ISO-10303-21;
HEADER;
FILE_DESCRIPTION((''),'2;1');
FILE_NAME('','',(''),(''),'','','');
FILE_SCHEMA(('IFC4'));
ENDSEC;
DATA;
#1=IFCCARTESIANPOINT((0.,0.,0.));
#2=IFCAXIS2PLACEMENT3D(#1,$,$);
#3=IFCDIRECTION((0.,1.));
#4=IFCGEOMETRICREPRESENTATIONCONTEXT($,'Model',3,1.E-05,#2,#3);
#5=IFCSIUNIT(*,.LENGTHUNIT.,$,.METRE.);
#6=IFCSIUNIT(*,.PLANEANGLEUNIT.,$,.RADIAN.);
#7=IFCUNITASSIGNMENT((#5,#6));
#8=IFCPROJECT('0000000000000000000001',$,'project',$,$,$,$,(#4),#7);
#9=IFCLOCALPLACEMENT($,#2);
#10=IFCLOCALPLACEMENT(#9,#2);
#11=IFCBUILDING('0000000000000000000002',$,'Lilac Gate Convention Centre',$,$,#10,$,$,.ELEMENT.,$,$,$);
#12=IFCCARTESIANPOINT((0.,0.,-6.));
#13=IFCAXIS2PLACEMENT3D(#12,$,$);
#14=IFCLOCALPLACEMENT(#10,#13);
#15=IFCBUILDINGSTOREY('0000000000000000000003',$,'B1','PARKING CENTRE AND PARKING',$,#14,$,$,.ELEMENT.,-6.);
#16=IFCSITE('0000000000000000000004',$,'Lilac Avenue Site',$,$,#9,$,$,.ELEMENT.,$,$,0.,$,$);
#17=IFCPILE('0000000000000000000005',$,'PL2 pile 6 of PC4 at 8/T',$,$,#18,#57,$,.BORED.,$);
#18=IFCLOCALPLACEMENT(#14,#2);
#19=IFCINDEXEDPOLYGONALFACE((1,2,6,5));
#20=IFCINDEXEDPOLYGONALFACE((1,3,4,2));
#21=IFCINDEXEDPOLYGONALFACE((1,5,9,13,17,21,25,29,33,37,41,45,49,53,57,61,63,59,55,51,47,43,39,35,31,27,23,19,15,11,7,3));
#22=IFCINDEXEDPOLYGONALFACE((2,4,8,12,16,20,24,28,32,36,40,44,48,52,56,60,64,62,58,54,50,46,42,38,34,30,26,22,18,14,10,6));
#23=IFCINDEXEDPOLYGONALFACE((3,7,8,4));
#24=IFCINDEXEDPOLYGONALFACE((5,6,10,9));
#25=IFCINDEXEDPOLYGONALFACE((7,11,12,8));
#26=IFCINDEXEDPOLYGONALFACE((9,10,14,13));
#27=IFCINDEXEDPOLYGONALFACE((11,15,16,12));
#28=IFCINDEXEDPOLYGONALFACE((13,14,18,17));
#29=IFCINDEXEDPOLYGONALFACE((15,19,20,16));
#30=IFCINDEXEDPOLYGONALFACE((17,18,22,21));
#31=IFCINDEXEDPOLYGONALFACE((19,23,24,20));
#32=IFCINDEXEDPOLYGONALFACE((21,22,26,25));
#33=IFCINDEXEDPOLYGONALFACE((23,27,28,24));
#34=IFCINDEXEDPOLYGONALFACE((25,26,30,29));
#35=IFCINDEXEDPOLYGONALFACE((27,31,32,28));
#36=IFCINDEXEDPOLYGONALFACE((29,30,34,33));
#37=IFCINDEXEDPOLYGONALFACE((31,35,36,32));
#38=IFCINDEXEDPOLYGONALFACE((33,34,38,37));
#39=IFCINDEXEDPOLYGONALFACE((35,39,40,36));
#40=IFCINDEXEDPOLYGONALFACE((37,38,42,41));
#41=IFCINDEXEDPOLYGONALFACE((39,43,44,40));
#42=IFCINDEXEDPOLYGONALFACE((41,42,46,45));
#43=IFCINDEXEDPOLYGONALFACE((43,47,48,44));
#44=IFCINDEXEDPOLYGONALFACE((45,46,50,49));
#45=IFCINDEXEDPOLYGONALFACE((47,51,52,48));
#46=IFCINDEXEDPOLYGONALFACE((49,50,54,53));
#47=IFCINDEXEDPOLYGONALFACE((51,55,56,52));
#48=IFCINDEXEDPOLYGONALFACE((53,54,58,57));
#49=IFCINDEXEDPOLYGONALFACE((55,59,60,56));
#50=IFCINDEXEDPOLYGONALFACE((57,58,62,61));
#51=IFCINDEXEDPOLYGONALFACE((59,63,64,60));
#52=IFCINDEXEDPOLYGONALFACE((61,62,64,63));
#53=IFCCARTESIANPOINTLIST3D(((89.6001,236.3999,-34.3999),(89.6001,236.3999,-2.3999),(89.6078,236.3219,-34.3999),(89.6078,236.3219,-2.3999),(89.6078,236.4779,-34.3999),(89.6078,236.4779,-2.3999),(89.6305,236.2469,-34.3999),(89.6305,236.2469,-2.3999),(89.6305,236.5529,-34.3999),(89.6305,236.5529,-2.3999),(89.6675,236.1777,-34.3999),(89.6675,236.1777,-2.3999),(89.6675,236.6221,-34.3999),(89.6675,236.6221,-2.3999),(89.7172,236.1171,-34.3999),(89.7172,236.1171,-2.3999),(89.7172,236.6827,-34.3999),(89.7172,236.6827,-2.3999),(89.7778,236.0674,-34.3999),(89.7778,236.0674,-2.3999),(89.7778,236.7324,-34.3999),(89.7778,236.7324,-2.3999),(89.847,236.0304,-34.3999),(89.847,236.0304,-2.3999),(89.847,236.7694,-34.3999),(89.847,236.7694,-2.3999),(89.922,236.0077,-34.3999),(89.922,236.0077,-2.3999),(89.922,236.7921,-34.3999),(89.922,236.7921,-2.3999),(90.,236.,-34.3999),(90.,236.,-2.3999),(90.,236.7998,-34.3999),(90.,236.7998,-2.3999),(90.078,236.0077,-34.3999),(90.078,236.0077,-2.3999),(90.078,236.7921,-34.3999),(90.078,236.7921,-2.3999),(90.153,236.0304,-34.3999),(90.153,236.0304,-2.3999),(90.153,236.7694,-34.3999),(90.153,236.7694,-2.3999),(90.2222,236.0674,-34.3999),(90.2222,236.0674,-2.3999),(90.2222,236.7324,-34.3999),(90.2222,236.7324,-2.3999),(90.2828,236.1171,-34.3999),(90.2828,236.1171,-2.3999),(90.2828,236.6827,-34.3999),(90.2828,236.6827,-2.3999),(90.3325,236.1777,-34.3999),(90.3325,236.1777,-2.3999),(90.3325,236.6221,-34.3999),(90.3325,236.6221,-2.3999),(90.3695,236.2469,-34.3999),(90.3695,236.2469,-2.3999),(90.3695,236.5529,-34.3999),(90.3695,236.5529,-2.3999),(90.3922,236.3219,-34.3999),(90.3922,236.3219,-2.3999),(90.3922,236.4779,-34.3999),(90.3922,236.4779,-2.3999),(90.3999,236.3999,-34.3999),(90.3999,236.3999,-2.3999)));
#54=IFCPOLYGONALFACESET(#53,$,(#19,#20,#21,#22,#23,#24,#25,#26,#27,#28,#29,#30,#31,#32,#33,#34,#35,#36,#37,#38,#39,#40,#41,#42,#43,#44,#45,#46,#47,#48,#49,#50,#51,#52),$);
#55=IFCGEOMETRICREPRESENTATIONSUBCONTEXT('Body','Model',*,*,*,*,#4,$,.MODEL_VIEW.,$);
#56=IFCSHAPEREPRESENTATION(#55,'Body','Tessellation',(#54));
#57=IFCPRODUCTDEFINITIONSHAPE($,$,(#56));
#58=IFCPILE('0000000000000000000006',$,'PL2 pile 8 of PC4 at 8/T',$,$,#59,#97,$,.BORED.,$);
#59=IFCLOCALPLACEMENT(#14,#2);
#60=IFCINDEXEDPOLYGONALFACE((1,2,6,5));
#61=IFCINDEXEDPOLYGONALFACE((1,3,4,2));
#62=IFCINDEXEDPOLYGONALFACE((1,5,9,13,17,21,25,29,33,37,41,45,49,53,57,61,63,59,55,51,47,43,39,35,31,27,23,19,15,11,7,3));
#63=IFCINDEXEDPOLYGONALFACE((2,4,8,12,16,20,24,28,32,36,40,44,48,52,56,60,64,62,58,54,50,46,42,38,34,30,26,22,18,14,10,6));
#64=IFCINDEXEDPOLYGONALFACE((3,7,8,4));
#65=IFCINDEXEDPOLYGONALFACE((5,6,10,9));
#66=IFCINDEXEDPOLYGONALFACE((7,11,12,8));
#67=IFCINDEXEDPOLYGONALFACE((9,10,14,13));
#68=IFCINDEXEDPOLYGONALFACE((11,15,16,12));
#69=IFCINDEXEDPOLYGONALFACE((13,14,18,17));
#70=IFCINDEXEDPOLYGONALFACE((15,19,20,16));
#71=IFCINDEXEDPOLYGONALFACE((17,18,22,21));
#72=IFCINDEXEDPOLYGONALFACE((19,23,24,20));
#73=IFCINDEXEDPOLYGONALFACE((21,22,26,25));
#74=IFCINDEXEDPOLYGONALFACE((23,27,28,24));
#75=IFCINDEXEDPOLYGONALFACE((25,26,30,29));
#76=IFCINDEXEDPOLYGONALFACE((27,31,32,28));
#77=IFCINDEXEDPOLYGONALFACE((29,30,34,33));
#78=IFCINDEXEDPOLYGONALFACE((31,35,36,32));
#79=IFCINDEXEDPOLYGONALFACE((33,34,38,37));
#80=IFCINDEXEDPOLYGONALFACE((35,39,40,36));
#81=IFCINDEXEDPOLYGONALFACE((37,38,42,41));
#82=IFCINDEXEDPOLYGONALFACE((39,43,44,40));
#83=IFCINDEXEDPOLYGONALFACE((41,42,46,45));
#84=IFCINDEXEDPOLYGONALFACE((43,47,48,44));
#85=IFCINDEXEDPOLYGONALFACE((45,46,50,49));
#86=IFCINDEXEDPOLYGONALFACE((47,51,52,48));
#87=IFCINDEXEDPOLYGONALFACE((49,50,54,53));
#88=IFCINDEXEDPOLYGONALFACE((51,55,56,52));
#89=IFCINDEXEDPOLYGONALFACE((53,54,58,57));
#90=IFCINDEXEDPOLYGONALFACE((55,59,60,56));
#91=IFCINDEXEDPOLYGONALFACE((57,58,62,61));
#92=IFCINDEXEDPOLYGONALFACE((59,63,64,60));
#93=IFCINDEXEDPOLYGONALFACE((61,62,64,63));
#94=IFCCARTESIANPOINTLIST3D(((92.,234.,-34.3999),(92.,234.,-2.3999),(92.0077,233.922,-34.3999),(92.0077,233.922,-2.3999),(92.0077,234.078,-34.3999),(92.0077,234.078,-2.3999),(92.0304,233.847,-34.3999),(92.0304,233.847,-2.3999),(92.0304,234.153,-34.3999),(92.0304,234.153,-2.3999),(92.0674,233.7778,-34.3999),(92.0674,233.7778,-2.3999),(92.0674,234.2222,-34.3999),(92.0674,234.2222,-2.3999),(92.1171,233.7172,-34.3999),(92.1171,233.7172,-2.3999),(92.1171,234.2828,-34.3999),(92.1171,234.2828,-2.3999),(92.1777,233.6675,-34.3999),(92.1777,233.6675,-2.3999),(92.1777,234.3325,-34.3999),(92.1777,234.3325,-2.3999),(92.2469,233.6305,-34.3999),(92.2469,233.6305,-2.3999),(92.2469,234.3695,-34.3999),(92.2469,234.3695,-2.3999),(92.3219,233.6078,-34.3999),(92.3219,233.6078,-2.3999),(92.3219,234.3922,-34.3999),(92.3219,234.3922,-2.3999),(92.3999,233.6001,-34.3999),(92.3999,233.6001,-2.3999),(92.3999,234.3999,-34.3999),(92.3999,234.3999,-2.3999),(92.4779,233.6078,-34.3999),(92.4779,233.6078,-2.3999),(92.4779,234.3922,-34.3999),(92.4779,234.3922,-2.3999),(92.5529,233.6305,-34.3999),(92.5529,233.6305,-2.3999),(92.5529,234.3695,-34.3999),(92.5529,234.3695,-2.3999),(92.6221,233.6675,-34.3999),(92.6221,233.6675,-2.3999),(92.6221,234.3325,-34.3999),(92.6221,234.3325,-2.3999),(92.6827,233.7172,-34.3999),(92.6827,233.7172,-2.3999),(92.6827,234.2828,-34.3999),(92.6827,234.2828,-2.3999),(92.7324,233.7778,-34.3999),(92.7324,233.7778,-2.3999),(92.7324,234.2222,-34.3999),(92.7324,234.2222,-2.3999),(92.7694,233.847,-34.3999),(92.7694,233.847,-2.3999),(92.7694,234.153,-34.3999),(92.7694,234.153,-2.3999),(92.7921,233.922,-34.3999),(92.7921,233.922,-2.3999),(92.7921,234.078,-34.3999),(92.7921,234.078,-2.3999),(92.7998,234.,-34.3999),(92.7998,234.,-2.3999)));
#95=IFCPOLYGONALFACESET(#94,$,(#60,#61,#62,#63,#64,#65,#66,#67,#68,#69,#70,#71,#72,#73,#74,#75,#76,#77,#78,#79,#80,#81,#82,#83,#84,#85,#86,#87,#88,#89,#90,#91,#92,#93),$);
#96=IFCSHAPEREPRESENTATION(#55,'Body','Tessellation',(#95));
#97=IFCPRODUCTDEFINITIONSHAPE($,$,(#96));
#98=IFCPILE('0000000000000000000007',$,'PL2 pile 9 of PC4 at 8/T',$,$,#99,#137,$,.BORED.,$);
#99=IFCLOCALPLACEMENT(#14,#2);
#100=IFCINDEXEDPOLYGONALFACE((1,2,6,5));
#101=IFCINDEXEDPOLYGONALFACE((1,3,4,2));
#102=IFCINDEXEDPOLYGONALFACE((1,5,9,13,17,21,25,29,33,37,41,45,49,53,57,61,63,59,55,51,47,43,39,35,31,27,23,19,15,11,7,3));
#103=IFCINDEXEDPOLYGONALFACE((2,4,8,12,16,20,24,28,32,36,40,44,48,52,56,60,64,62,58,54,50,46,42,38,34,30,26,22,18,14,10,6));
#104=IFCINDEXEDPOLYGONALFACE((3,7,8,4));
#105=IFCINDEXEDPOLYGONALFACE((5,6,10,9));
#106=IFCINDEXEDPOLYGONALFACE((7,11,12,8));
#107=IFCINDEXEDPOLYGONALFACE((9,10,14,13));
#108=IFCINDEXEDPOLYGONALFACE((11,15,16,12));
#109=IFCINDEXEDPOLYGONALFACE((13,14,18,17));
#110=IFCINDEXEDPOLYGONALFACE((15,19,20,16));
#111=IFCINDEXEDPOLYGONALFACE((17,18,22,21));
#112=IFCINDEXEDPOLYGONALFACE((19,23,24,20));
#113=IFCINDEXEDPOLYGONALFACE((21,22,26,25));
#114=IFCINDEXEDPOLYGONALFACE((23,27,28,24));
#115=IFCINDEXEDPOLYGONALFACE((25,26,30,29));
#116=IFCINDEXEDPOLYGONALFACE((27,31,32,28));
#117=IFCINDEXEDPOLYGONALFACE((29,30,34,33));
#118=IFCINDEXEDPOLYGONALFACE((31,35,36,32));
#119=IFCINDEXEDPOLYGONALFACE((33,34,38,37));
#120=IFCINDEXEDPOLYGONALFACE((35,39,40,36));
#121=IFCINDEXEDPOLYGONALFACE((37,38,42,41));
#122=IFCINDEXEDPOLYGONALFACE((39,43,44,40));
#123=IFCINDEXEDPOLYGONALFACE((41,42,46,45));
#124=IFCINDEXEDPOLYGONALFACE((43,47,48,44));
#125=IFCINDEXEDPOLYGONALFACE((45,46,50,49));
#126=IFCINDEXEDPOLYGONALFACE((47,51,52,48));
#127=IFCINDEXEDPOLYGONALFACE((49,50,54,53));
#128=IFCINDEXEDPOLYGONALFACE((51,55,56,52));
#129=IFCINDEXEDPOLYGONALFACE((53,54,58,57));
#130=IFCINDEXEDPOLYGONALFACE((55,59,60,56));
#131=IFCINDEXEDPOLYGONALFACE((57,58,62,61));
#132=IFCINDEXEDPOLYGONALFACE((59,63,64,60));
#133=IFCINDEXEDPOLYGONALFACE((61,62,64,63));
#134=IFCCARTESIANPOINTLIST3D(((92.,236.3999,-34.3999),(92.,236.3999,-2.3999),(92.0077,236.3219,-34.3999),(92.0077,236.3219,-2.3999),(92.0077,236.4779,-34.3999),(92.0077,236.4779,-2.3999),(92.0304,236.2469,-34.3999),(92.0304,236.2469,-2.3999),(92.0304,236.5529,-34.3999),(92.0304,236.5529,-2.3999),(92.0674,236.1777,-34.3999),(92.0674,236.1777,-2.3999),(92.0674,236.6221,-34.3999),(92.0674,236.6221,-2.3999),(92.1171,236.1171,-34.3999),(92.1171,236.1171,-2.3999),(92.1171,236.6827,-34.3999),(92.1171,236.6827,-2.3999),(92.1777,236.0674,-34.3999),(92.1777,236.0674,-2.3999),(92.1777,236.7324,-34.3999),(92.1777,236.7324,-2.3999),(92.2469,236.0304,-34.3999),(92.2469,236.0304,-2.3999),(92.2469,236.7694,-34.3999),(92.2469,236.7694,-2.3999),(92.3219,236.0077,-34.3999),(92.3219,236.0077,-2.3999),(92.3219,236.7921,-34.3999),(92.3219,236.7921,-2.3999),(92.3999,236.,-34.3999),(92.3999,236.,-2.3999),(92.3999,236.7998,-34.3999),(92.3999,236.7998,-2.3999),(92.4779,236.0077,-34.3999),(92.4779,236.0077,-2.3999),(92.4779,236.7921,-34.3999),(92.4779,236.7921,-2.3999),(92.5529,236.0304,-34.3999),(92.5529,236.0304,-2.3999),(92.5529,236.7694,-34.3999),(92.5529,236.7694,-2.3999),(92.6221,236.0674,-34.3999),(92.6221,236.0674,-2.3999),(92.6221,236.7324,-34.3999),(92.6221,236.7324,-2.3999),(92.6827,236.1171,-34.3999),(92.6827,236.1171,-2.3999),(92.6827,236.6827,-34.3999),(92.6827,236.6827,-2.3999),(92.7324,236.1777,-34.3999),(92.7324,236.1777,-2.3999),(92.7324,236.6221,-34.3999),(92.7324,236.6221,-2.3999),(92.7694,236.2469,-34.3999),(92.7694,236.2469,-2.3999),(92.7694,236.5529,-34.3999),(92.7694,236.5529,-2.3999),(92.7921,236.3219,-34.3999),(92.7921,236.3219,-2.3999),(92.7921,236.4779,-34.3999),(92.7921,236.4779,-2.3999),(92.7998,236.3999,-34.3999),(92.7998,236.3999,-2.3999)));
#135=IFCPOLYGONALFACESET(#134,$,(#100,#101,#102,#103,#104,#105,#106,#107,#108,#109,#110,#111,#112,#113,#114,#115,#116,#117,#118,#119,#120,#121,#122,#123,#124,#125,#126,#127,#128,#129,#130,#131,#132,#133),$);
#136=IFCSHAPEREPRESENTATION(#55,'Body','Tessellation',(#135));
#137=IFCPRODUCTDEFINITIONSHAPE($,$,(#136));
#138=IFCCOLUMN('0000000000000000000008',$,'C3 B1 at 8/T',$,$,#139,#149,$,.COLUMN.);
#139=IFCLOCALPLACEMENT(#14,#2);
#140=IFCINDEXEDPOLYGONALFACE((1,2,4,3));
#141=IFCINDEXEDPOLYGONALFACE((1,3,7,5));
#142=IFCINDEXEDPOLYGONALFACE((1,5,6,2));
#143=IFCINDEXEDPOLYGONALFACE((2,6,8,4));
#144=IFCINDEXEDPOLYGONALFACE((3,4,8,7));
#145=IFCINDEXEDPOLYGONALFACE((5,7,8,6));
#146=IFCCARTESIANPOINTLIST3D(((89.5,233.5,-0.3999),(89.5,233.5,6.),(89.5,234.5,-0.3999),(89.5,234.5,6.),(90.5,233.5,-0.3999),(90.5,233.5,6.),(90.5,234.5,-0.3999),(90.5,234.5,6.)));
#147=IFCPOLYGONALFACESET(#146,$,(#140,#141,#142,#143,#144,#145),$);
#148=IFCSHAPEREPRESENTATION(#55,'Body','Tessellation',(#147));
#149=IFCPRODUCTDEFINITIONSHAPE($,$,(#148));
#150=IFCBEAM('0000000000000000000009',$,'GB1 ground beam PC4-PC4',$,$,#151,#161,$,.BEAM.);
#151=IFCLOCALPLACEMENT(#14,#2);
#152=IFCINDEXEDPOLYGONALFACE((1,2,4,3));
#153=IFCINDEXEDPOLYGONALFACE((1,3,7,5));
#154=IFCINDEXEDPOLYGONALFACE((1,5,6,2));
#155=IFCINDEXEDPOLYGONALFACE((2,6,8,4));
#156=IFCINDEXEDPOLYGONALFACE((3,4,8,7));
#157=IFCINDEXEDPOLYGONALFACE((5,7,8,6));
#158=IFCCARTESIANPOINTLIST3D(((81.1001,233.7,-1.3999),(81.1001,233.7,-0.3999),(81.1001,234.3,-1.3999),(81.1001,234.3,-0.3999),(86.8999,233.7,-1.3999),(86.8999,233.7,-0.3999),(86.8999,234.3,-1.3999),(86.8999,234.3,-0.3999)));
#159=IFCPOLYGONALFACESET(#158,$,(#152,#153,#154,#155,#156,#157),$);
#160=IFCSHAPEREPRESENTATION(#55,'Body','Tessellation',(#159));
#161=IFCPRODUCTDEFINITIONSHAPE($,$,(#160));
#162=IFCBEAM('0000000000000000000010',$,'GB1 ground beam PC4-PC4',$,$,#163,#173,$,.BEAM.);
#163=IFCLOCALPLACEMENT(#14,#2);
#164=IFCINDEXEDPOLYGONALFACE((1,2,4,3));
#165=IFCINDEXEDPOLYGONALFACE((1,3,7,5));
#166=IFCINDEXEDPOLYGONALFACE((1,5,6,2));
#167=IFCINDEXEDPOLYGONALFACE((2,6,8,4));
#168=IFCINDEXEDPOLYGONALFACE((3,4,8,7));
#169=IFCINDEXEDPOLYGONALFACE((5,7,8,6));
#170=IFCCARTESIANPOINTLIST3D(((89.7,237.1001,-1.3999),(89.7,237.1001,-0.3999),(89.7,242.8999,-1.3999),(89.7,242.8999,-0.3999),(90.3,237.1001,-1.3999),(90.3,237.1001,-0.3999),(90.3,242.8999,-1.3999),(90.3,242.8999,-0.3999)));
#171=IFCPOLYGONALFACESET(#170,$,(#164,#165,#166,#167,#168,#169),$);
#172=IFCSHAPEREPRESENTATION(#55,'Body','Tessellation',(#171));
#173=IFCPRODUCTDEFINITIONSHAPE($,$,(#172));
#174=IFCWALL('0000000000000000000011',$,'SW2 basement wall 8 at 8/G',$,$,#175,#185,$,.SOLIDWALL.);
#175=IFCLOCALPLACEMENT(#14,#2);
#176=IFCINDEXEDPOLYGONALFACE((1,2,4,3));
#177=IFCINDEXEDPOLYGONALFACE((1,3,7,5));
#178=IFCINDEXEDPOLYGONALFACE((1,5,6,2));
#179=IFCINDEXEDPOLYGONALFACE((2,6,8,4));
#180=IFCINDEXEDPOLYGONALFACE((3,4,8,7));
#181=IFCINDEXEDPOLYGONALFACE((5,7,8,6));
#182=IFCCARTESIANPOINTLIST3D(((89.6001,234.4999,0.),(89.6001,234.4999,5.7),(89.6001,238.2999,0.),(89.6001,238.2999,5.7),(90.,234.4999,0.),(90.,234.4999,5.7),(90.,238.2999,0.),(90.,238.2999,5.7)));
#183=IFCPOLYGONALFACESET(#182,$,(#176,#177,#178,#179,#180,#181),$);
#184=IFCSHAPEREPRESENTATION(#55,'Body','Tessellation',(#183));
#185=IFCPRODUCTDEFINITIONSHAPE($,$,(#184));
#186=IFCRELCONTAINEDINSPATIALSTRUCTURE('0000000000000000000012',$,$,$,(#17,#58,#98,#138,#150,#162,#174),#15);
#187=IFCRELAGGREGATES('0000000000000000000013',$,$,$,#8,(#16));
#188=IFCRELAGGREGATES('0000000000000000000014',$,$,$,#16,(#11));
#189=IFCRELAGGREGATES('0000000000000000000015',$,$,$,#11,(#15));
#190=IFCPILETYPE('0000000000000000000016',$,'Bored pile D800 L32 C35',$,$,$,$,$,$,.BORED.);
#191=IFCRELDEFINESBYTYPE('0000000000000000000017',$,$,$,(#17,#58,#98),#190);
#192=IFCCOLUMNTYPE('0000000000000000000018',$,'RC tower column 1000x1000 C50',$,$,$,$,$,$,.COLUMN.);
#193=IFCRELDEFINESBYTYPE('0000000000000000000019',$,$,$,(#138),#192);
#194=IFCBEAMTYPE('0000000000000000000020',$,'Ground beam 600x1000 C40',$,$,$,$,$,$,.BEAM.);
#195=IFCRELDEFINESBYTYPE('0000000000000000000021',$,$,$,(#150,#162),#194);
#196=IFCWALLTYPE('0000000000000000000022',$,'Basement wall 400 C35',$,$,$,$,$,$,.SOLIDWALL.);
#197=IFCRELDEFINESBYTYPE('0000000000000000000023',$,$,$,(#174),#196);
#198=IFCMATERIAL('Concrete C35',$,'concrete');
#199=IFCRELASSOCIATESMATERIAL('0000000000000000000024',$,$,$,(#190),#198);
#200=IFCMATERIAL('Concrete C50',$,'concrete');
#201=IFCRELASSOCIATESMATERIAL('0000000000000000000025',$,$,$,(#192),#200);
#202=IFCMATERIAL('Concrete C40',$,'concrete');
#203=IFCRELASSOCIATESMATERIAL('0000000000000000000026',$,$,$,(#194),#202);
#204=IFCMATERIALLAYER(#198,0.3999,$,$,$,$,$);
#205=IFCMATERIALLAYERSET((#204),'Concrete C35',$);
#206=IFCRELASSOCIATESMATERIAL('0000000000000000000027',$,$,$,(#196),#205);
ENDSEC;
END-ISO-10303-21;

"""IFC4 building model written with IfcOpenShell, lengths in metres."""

from ifc_helpers import new_model, si_unit, direction, frame, frame_2d, origin, origin_2d, place, context, subcontext, project, spatial, rectangle, circle, extrude, material, layer, layer_set, material_profile, profile_set, type_object, element, save


model = new_model("IFC4")

# Units and contexts
model_context = context("Model", 3, precision=1e-05, world=origin(), true_north=direction((0.0, 1.0)))
body_context = subcontext(model_context, "Body", "Model", "MODEL_VIEW")
ifc_project = project(units=[si_unit("LENGTHUNIT", "METRE"), si_unit("PLANEANGLEUNIT", "RADIAN")], contexts=[model_context])

# Site, building, storey
site_placement = place(None, origin())
site = spatial("IfcSite", under=ifc_project, at=site_placement, Name="Lilac Avenue Site", CompositionType="ELEMENT", RefElevation=0.0)
building_placement = place(site_placement, origin())
building = spatial("IfcBuilding", under=site, at=building_placement, Name="Lilac Gate Convention Centre", CompositionType="ELEMENT")
storey_placement = place(building_placement, frame((0.0, 0.0, -6.0)))
storey = spatial("IfcBuildingStorey", under=building, at=storey_placement, Name="B1", Description="PARKING CENTRE AND PARKING", CompositionType="ELEMENT", Elevation=-6.0)

# Piles
ifc_material_1 = material(Name="Concrete C35", Category="concrete")
ifc_material_profile_1 = material_profile(ifc_material_1, circle(Radius=0.3999, at=origin_2d()), Name="D800")
ifc_profile_set_1 = profile_set([ifc_material_profile_1], Name="Concrete C35")
pile_type = type_object("IfcPileType", Name="Bored pile D800 L32 C35", PredefinedType="BORED", material=ifc_profile_set_1)
for number, where, z_axis, x_axis, name in (
    (1, (90.0, 236.3999, -2.3999), (0.0, 0.0, -1.0), (1.0, 0.0, 0.0), "PL2 pile 6 of PC4 at 8/T"),
    (2, (92.3999, 234.0, -2.3999), (0.0, 0.0, -1.0), (1.0, 0.0, 0.0), "PL2 pile 8 of PC4 at 8/T"),
    (3, (92.3999, 236.3999, -2.3999), (0.0, 0.0, -1.0), (1.0, 0.0, 0.0), "PL2 pile 9 of PC4 at 8/T"),
):
    element("IfcPile", number, at=place(storey_placement, frame(where, z_axis=z_axis, x_axis=x_axis)), inside=storey, type_object=pile_type, Name=name, PredefinedType="BORED", context=body_context, shape_type="SweptSolid", body=[
        extrude(circle(Radius=0.3999, at=origin_2d()), origin(), (0.0, 0.0, 1.0), 32.0),
    ])

# Column
ifc_material_2 = material(Name="Concrete C50", Category="concrete")
ifc_material_profile_2 = material_profile(ifc_material_2, rectangle(XDim=1.0, YDim=1.0, at=origin_2d()), Name="RC 1000x1000")
ifc_profile_set_2 = profile_set([ifc_material_profile_2], Name="Concrete C50")
column_type = type_object("IfcColumnType", Name="RC tower column 1000x1000 C50", PredefinedType="COLUMN", material=ifc_profile_set_2)
column_placement = place(storey_placement, frame((90.0, 234.0, -0.3999), z_axis=(0.0, 0.0, 1.0), x_axis=(1.0, 0.0, 0.0)))
element("IfcColumn", 4, at=column_placement, inside=storey, type_object=column_type, Name="C3 B1 at 8/T", PredefinedType="COLUMN", context=body_context, shape_type="SweptSolid", body=[
    extrude(rectangle(XDim=1.0, YDim=1.0, at=origin_2d()), origin(), (0.0, 0.0, 1.0), 6.3999),
])

# Beams
ifc_material_3 = material(Name="Concrete C40", Category="concrete")
ifc_material_profile_3 = material_profile(ifc_material_3, rectangle(XDim=0.6001, YDim=1.0, at=origin_2d()), Name="RC 600x1000")
ifc_profile_set_3 = profile_set([ifc_material_profile_3], Name="Concrete C40")
beam_type = type_object("IfcBeamType", Name="Ground beam 600x1000 C40", PredefinedType="BEAM", material=ifc_profile_set_3)
for number, where, z_axis, x_axis, name in (
    (5, (81.1001, 234.0, -0.8999), (1.0, 0.0, 0.0), (0.0, 1.0, 0.0), "GB1 ground beam PC4-PC4"),
    (6, (90.0, 237.1001, -0.8999), (0.0, 1.0, 0.0), (-1.0, 0.0, 0.0), "GB1 ground beam PC4-PC4"),
):
    element("IfcBeam", number, at=place(storey_placement, frame(where, z_axis=z_axis, x_axis=x_axis)), inside=storey, type_object=beam_type, Name=name, PredefinedType="BEAM", context=body_context, shape_type="SweptSolid", body=[
        extrude(rectangle(XDim=0.6001, YDim=1.0, at=origin_2d()), origin(), (0.0, 0.0, 1.0), 5.7998),
    ])

# Wall
ifc_layer_1 = layer(ifc_material_1, 0.3999)
ifc_layer_set_1 = layer_set([ifc_layer_1], Name="Concrete C35")
wall_type_1 = type_object("IfcWallType", Name="Basement wall 400 C35", PredefinedType="SOLIDWALL", material=ifc_layer_set_1)
wall_1_placement = place(storey_placement, frame((89.8, 234.5, 0.0), z_axis=(0.0, 0.0, 1.0), x_axis=(0.0, 1.0, 0.0)))
element("IfcWall", 7, at=wall_1_placement, inside=storey, type_object=wall_type_1, Name="SW2 basement wall 8 at 8/G", PredefinedType="SOLIDWALL", context=body_context, shape_type="SweptSolid", body=[
    extrude(rectangle(XDim=3.8, YDim=0.3999, at=frame_2d((1.8999, 0.0))), origin(), (0.0, 0.0, 1.0), 5.7),
])

save(model, "model.ifc")
